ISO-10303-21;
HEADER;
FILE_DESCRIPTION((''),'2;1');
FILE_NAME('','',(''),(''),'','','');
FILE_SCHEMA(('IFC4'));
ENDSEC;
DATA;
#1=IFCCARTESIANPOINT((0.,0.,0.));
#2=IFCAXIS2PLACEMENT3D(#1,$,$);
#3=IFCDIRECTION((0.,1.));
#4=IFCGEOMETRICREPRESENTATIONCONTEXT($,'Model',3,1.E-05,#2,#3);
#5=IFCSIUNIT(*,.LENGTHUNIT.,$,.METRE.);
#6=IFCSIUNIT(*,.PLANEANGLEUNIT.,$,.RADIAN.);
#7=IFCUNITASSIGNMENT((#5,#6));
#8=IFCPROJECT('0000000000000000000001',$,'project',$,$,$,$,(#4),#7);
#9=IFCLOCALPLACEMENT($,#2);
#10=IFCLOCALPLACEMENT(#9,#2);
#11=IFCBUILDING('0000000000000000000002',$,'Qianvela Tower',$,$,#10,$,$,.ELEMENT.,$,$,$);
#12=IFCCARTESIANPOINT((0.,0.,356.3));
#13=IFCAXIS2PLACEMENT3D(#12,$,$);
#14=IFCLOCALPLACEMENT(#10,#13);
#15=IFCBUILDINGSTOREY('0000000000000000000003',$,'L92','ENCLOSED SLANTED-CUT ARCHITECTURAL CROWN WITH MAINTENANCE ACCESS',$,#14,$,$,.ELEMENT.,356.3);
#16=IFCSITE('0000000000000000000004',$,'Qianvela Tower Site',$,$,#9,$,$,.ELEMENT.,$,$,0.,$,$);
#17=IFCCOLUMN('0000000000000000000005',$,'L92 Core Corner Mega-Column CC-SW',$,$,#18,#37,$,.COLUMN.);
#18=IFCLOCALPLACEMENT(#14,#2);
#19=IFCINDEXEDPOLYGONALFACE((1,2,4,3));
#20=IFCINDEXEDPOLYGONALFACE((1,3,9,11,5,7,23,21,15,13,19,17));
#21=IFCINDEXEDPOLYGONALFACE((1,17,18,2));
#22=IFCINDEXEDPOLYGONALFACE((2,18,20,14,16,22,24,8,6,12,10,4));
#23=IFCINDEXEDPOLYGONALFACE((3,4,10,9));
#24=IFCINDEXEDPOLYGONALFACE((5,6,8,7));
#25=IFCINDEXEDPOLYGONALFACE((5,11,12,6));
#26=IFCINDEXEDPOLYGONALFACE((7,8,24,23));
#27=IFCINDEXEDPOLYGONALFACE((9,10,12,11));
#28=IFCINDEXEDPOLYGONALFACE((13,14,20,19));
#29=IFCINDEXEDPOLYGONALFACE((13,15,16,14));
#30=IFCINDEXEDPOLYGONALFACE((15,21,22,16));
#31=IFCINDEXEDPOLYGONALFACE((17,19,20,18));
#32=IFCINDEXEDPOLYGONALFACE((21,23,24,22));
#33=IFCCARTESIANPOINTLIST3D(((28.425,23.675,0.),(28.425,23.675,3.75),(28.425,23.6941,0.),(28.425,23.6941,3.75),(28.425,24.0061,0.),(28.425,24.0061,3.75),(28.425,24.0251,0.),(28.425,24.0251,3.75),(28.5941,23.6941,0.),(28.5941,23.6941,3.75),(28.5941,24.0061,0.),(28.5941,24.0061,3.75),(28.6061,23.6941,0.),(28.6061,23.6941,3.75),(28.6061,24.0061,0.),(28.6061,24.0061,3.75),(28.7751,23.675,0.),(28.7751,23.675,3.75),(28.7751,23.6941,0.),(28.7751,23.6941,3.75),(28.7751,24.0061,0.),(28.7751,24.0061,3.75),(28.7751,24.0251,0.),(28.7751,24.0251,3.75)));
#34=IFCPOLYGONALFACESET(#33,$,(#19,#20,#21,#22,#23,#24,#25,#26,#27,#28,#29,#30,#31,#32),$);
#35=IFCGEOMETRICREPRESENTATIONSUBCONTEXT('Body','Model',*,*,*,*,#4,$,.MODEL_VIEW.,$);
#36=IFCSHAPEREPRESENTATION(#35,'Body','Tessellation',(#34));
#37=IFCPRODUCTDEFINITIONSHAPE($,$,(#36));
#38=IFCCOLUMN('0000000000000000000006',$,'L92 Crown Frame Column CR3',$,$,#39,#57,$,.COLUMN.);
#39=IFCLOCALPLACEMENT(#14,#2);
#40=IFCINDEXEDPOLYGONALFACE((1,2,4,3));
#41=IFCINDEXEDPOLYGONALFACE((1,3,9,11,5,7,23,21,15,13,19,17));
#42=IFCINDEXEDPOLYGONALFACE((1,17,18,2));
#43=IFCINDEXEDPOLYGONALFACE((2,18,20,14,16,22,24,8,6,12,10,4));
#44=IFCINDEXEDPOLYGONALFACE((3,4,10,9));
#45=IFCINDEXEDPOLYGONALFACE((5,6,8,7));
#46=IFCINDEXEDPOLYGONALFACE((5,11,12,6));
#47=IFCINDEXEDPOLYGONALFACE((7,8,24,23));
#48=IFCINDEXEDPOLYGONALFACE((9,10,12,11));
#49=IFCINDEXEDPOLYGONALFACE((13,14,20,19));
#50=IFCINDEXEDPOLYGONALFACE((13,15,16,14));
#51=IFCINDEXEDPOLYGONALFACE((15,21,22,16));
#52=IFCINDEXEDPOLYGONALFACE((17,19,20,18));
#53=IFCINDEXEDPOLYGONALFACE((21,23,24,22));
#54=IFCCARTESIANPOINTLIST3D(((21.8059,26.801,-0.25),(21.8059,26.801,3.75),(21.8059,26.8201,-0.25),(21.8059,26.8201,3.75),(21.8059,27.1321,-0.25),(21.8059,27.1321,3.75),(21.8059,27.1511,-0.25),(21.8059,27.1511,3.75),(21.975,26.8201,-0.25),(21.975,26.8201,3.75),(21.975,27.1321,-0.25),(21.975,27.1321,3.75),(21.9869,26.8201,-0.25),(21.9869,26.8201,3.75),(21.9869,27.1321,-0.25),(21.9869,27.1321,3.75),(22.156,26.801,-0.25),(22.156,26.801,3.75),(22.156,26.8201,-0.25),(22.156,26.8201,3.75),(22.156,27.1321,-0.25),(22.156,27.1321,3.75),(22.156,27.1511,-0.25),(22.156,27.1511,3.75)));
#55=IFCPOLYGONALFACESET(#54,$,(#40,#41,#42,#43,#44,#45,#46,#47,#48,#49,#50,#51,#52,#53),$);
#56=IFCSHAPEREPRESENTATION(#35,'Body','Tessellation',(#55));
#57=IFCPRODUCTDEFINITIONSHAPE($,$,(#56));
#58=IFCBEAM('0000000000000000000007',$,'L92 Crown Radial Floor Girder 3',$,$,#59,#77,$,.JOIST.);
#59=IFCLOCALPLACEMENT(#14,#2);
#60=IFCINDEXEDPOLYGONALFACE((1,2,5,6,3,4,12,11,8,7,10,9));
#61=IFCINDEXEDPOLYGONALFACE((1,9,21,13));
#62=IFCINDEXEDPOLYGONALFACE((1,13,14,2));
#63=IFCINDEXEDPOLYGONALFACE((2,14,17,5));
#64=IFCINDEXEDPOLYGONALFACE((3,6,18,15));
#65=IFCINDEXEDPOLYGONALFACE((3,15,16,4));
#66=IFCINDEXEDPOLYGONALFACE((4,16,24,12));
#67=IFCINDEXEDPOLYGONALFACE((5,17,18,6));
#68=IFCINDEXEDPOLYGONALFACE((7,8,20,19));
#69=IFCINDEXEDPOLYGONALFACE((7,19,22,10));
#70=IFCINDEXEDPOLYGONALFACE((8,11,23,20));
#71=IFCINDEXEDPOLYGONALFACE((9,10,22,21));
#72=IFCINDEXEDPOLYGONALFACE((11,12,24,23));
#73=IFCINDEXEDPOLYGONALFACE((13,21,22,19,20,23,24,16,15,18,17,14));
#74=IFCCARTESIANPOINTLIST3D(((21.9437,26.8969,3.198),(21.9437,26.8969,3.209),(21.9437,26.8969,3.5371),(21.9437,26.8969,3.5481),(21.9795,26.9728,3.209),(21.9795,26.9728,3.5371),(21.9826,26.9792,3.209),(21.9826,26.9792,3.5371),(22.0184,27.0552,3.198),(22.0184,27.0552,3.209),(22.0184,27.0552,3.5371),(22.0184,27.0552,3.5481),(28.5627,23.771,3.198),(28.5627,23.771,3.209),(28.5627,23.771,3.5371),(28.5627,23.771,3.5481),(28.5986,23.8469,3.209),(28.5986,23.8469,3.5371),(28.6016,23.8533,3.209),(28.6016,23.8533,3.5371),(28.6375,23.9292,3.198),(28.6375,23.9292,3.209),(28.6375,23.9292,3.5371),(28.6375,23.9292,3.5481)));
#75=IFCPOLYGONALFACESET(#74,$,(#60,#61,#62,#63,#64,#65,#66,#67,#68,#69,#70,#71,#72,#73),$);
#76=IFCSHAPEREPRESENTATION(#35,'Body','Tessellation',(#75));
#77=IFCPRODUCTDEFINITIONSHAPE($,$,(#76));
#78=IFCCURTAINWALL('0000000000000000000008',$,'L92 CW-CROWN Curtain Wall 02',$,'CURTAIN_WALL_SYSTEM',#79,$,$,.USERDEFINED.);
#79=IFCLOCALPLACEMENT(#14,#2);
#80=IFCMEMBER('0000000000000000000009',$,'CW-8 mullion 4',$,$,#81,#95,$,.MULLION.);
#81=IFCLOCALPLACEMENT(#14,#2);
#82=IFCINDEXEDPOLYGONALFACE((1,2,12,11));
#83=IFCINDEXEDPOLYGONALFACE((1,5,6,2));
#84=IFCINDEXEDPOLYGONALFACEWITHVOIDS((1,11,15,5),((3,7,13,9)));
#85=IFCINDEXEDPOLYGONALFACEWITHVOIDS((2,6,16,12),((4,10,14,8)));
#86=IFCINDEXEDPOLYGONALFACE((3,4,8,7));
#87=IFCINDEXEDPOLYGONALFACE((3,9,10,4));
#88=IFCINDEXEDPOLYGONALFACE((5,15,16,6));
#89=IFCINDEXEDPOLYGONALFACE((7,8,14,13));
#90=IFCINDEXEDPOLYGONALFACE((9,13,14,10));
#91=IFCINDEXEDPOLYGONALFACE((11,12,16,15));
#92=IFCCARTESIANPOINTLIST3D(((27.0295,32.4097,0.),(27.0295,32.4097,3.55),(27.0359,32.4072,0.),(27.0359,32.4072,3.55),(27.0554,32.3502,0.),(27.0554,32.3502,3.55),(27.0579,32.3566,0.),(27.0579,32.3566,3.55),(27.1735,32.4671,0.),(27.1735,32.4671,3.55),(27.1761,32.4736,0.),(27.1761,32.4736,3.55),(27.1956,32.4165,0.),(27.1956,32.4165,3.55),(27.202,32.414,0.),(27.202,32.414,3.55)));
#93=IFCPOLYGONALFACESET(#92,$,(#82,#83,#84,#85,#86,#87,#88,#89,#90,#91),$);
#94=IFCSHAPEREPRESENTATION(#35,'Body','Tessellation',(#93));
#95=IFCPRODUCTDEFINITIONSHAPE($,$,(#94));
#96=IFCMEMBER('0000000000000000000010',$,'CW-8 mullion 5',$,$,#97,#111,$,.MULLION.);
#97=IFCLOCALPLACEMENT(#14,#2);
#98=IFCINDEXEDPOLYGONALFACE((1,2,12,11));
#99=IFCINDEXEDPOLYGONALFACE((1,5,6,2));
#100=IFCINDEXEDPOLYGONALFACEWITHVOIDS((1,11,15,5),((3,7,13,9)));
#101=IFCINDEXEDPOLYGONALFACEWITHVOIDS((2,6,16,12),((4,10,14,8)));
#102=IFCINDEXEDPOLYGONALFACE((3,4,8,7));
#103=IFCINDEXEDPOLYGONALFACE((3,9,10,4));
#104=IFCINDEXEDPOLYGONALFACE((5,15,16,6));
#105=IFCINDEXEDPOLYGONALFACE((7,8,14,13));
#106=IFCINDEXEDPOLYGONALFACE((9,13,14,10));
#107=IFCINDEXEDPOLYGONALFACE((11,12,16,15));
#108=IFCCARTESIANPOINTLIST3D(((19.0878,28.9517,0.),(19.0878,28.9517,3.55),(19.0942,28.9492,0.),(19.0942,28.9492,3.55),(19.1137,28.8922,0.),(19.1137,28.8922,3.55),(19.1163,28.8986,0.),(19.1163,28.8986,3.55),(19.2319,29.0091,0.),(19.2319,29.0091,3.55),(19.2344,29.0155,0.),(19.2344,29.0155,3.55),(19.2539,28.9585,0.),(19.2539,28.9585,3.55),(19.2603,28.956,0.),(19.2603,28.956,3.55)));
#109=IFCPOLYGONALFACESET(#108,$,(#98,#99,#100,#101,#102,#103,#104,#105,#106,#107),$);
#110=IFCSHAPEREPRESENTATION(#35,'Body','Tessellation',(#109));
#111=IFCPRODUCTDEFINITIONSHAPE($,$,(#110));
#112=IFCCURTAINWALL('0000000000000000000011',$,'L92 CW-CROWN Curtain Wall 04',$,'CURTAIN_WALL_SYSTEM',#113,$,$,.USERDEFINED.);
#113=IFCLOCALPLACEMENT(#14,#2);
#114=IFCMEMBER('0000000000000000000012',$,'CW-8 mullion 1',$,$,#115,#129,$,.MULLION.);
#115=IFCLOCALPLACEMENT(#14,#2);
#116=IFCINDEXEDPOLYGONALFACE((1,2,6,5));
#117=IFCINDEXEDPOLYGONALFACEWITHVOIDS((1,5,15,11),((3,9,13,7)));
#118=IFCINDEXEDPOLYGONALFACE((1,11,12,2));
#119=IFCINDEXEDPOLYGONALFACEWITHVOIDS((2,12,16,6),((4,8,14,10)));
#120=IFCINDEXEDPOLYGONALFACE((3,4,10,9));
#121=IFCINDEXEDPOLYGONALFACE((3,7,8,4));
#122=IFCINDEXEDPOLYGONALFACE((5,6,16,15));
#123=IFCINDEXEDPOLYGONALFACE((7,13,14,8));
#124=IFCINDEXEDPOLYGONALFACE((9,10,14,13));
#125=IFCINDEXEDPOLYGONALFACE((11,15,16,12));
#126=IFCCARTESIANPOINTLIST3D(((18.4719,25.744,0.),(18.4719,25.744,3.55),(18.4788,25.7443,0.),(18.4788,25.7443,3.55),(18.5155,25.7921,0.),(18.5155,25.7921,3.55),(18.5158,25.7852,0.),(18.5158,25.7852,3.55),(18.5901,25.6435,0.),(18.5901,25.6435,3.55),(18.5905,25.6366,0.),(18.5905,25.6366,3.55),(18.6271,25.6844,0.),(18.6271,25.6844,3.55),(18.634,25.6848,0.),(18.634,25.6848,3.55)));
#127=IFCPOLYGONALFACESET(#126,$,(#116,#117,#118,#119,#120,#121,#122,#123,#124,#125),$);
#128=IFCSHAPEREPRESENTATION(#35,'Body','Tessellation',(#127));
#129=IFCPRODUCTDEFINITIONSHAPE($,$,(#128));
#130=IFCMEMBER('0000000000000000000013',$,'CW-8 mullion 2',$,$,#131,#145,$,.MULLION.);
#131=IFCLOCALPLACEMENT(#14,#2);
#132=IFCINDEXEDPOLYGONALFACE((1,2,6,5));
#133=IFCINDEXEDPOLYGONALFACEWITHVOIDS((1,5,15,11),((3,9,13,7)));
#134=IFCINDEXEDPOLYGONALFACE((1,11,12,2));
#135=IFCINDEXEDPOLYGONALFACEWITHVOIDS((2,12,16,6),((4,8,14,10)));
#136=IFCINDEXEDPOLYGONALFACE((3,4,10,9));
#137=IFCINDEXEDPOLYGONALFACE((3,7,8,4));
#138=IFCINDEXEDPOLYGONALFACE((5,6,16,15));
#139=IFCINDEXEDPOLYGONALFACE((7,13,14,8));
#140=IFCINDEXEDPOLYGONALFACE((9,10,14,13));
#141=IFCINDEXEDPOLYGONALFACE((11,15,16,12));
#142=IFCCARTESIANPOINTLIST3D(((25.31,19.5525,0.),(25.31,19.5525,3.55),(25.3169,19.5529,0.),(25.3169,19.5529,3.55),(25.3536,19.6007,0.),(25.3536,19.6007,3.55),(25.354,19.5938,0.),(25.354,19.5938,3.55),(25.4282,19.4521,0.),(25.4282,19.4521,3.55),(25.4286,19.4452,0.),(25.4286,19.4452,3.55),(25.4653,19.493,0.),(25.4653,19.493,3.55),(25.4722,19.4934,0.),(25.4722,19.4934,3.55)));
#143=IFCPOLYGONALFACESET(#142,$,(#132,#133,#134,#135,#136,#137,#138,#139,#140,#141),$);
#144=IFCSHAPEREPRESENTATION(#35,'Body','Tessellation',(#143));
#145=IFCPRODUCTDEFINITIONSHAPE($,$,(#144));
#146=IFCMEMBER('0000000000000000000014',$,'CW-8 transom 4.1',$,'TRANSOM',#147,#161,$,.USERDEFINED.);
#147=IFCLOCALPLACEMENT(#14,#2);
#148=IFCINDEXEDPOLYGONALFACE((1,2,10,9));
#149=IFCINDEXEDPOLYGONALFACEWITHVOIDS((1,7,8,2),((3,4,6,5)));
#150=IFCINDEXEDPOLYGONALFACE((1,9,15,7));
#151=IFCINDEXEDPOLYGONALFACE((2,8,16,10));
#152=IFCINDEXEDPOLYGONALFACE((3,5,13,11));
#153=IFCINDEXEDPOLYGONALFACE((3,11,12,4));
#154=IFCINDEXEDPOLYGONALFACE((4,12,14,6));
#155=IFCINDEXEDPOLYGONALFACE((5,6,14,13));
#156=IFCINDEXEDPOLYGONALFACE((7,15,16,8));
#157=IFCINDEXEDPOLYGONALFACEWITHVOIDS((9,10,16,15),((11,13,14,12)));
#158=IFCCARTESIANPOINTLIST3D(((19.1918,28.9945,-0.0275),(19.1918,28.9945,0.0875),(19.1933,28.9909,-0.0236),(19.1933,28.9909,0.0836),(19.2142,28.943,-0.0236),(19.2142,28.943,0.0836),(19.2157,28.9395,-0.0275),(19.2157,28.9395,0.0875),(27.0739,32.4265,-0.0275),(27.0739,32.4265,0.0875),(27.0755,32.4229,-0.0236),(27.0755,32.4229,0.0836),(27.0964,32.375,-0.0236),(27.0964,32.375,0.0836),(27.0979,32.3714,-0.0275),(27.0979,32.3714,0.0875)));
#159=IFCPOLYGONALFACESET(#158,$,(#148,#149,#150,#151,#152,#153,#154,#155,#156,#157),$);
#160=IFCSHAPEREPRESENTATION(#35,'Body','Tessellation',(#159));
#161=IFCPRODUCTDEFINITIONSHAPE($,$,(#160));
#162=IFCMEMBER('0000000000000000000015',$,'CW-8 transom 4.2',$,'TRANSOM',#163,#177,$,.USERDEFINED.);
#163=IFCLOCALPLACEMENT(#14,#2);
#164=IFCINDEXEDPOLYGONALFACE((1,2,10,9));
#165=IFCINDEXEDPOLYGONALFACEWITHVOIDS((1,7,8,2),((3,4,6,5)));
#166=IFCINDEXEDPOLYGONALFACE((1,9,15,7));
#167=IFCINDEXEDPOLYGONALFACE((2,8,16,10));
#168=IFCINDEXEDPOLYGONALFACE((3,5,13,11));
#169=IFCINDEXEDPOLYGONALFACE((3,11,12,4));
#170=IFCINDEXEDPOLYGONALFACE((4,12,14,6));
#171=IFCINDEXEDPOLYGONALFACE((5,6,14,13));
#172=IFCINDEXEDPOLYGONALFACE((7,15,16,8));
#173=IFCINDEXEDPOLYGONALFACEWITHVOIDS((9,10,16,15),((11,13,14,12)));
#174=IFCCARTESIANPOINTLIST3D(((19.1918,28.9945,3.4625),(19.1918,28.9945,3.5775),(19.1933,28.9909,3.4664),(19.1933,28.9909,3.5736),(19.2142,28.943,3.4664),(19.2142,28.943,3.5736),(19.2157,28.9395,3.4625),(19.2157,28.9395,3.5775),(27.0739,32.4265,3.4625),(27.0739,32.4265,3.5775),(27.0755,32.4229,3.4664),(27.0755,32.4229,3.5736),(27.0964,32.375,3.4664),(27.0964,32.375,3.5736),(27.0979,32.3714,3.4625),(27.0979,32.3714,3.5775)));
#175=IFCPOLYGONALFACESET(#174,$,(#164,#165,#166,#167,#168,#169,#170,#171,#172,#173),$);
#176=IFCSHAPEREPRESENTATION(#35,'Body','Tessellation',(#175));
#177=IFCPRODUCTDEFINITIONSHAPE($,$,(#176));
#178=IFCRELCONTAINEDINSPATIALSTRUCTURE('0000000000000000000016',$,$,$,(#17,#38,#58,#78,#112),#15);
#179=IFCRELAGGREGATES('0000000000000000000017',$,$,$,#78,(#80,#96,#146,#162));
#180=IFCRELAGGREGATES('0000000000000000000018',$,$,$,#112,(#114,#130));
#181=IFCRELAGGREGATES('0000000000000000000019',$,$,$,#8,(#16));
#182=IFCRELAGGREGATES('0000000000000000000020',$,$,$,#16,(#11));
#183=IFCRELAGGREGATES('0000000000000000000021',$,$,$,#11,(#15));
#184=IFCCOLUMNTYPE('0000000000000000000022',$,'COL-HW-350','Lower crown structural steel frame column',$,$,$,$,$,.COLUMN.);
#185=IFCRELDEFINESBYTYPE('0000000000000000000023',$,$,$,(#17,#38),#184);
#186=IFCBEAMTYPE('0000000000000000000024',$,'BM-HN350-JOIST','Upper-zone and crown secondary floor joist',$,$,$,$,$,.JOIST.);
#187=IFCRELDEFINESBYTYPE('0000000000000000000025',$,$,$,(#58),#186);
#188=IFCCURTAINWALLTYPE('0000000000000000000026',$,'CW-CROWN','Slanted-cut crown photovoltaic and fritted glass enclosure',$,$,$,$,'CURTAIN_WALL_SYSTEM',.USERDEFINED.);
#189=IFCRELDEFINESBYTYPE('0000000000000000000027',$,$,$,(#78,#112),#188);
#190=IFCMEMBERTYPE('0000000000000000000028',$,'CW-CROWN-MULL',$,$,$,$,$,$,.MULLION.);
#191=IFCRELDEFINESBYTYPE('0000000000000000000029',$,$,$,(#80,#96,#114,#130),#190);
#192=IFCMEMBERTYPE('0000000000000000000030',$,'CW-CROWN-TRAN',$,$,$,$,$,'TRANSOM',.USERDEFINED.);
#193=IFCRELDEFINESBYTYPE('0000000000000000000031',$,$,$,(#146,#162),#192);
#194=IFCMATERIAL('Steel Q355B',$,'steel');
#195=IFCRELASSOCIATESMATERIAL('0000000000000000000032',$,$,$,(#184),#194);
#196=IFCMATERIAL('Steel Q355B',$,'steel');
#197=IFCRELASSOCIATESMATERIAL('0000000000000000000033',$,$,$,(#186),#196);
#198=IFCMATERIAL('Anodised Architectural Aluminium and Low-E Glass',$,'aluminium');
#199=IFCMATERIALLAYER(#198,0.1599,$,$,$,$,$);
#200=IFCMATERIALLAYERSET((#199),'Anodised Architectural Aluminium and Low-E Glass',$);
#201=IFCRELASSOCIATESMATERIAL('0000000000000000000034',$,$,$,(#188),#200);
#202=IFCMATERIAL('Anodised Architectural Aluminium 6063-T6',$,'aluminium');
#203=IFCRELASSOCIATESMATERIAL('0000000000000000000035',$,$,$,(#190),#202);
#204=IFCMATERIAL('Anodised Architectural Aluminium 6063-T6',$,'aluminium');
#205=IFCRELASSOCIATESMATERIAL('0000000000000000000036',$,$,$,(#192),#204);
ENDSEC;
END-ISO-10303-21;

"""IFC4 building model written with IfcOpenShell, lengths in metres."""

from ifc_helpers import new_model, si_unit, direction, frame, origin, origin_2d, place, context, subcontext, project, spatial, hollow_rectangle, i_section, extrude, material, layer, layer_set, material_profile, profile_set, type_object, element, aggregate, save


model = new_model("IFC4")

# Units and contexts
model_context = context("Model", 3, precision=1e-05, world=origin(), true_north=direction((0.0, 1.0)))
body_context = subcontext(model_context, "Body", "Model", "MODEL_VIEW")
ifc_project = project(units=[si_unit("LENGTHUNIT", "METRE"), si_unit("PLANEANGLEUNIT", "RADIAN")], contexts=[model_context])

# Site, building, storey
site_placement = place(None, origin())
site = spatial("IfcSite", under=ifc_project, at=site_placement, Name="Qianvela Tower Site", CompositionType="ELEMENT", RefElevation=0.0)
building_placement = place(site_placement, origin())
building = spatial("IfcBuilding", under=site, at=building_placement, Name="Qianvela Tower", CompositionType="ELEMENT")
storey_placement = place(building_placement, frame((0.0, 0.0, 356.3)))
storey = spatial("IfcBuildingStorey", under=building, at=storey_placement, Name="L92", Description="ENCLOSED SLANTED-CUT ARCHITECTURAL CROWN WITH MAINTENANCE ACCESS", CompositionType="ELEMENT", Elevation=356.3)

# Columns
ifc_material_1 = material(Name="Steel Q355B", Category="steel")
ifc_material_profile_1 = material_profile(ifc_material_1, i_section(OverallWidth=0.3501, OverallDepth=0.3501, WebThickness=0.012, FlangeThickness=0.019, at=origin_2d()), Name="HW350x350x12x19")
ifc_profile_set_1 = profile_set([ifc_material_profile_1], Name="Steel Q355B")
column_type = type_object("IfcColumnType", Name="COL-HW-350", Description="Lower crown structural steel frame column", PredefinedType="COLUMN", material=ifc_profile_set_1)
column_1_placement = place(storey_placement, frame((28.6001, 23.8501, 0.0), z_axis=(0.0, 0.0, 1.0), x_axis=(1.0, 0.0, 0.0)))
element("IfcColumn", 1, at=column_1_placement, inside=storey, type_object=column_type, Name="L92 Core Corner Mega-Column CC-SW", PredefinedType="COLUMN", context=body_context, shape_type="SweptSolid", body=[
    extrude(i_section(OverallWidth=0.3501, OverallDepth=0.3501, WebThickness=0.012, FlangeThickness=0.019, at=origin_2d()), origin(), (0.0, 0.0, 1.0), 3.75),
])
column_2_placement = place(storey_placement, frame((21.981, 26.9761, -0.25), z_axis=(0.0, 0.0, 1.0), x_axis=(1.0, 0.0, 0.0)))
element("IfcColumn", 2, at=column_2_placement, inside=storey, type_object=column_type, Name="L92 Crown Frame Column CR3", PredefinedType="COLUMN", context=body_context, shape_type="SweptSolid", body=[
    extrude(i_section(OverallWidth=0.3501, OverallDepth=0.3501, WebThickness=0.012, FlangeThickness=0.019, at=origin_2d()), origin(), (0.0, 0.0, 1.0), 4.0),
])

# Beam
ifc_material_2 = material(Name="Steel Q355B", Category="steel")
ifc_material_profile_2 = material_profile(ifc_material_2, i_section(OverallWidth=0.175, OverallDepth=0.3501, WebThickness=0.0071, FlangeThickness=0.011, at=origin_2d()), Name="HN350x175x7x11")
ifc_profile_set_2 = profile_set([ifc_material_profile_2], Name="Steel Q355B")
beam_type = type_object("IfcBeamType", Name="BM-HN350-JOIST", Description="Upper-zone and crown secondary floor joist", PredefinedType="JOIST", material=ifc_profile_set_2)
beam_placement = place(storey_placement, frame((28.6001, 23.8501, 3.373), z_axis=(-0.904234, 0.427037, 0.0), x_axis=(-0.427037, -0.904234, 0.0)))
element("IfcBeam", 3, at=beam_placement, inside=storey, type_object=beam_type, Name="L92 Crown Radial Floor Girder 3", PredefinedType="JOIST", context=body_context, shape_type="SweptSolid", body=[
    extrude(i_section(OverallWidth=0.175, OverallDepth=0.3501, WebThickness=0.0071, FlangeThickness=0.011, at=origin_2d()), origin(), (0.0, 0.0, 1.0), 7.3201),
])

# Curtain walls, members
ifc_material_3 = material(Name="Anodised Architectural Aluminium and Low-E Glass", Category="aluminium")
ifc_layer_1 = layer(ifc_material_3, 0.1599)
ifc_layer_set_1 = layer_set([ifc_layer_1], Name="Anodised Architectural Aluminium and Low-E Glass")
curtain_wall_type = type_object("IfcCurtainWallType", Name="CW-CROWN", Description="Slanted-cut crown photovoltaic and fritted glass enclosure", ElementType="CURTAIN_WALL_SYSTEM", PredefinedType="USERDEFINED", material=ifc_layer_set_1)
curtain_wall_1_placement = place(storey_placement, origin())
curtain_wall_1 = element("IfcCurtainWall", 4, at=curtain_wall_1_placement, inside=storey, type_object=curtain_wall_type, Name="L92 CW-CROWN Curtain Wall 02", ObjectType="CURTAIN_WALL_SYSTEM", PredefinedType="USERDEFINED")
ifc_material_4 = material(Name="Anodised Architectural Aluminium 6063-T6", Category="aluminium")
ifc_material_profile_3 = material_profile(ifc_material_4, hollow_rectangle(XDim=0.0649, YDim=0.1599, WallThickness=0.0049, at=origin_2d()), Name="ALU-MULL-65x160")
ifc_profile_set_3 = profile_set([ifc_material_profile_3], Name="Anodised Architectural Aluminium 6063-T6")
member_type_1 = type_object("IfcMemberType", Name="CW-CROWN-MULL", PredefinedType="MULLION", material=ifc_profile_set_3)
member_1_placement = place(storey_placement, frame((27.1157, 32.4119, 0.0), z_axis=(0.0, 0.0, 1.0), x_axis=(0.399215, -0.916857, 0.0)))
member_1 = element("IfcMember", 5, at=member_1_placement, type_object=member_type_1, Name="CW-8 mullion 4", PredefinedType="MULLION", context=body_context, shape_type="SweptSolid", body=[
    extrude(hollow_rectangle(XDim=0.0649, YDim=0.1599, WallThickness=0.0049, at=origin_2d()), origin(), (0.0, 0.0, 1.0), 3.55),
])
member_2_placement = place(storey_placement, frame((19.1741, 28.9539, 0.0), z_axis=(0.0, 0.0, 1.0), x_axis=(0.399215, -0.916857, 0.0)))
member_2 = element("IfcMember", 6, at=member_2_placement, type_object=member_type_1, Name="CW-8 mullion 5", PredefinedType="MULLION", context=body_context, shape_type="SweptSolid", body=[
    extrude(hollow_rectangle(XDim=0.0649, YDim=0.1599, WallThickness=0.0049, at=origin_2d()), origin(), (0.0, 0.0, 1.0), 3.55),
])
curtain_wall_2_placement = place(storey_placement, origin())
curtain_wall_2 = element("IfcCurtainWall", 7, at=curtain_wall_2_placement, inside=storey, type_object=curtain_wall_type, Name="L92 CW-CROWN Curtain Wall 04", ObjectType="CURTAIN_WALL_SYSTEM", PredefinedType="USERDEFINED")
member_3_placement = place(storey_placement, frame((18.553, 25.7144, 0.0), z_axis=(0.0, 0.0, 1.0), x_axis=(0.671202, 0.741275, 0.0)))
member_3 = element("IfcMember", 8, at=member_3_placement, type_object=member_type_1, Name="CW-8 mullion 1", PredefinedType="MULLION", context=body_context, shape_type="SweptSolid", body=[
    extrude(hollow_rectangle(XDim=0.0649, YDim=0.1599, WallThickness=0.0049, at=origin_2d()), origin(), (0.0, 0.0, 1.0), 3.55),
])
member_4_placement = place(storey_placement, frame((25.3911, 19.5229, 0.0), z_axis=(0.0, 0.0, 1.0), x_axis=(0.671202, 0.741275, 0.0)))
member_4 = element("IfcMember", 9, at=member_4_placement, type_object=member_type_1, Name="CW-8 mullion 2", PredefinedType="MULLION", context=body_context, shape_type="SweptSolid", body=[
    extrude(hollow_rectangle(XDim=0.0649, YDim=0.1599, WallThickness=0.0049, at=origin_2d()), origin(), (0.0, 0.0, 1.0), 3.55),
])

# Members
ifc_material_5 = material(Name="Anodised Architectural Aluminium 6063-T6", Category="aluminium")
ifc_material_profile_4 = material_profile(ifc_material_5, hollow_rectangle(XDim=0.0601, YDim=0.115, WallThickness=0.0039, at=origin_2d()), Name="ALU-TRAN-60x115")
ifc_profile_set_4 = profile_set([ifc_material_profile_4], Name="Anodised Architectural Aluminium 6063-T6")
member_type_2 = type_object("IfcMemberType", Name="CW-CROWN-TRAN", ElementType="TRANSOM", PredefinedType="USERDEFINED", material=ifc_profile_set_4)
member_5_placement = place(storey_placement, frame((27.0859, 32.3989, 0.03), z_axis=(-0.916862, -0.399205, 0.0), x_axis=(0.399205, -0.916862, 0.0)))
member_5 = element("IfcMember", 10, at=member_5_placement, type_object=member_type_2, Name="CW-8 transom 4.1", ObjectType="TRANSOM", PredefinedType="USERDEFINED", context=body_context, shape_type="SweptSolid", body=[
    extrude(hollow_rectangle(XDim=0.0601, YDim=0.115, WallThickness=0.0039, at=origin_2d()), origin(), (0.0, 0.0, 1.0), 8.5969),
])
member_6_placement = place(storey_placement, frame((27.0859, 32.3989, 3.52), z_axis=(-0.916862, -0.399205, 0.0), x_axis=(0.399205, -0.916862, 0.0)))
member_6 = element("IfcMember", 11, at=member_6_placement, type_object=member_type_2, Name="CW-8 transom 4.2", ObjectType="TRANSOM", PredefinedType="USERDEFINED", context=body_context, shape_type="SweptSolid", body=[
    extrude(hollow_rectangle(XDim=0.0601, YDim=0.115, WallThickness=0.0039, at=origin_2d()), origin(), (0.0, 0.0, 1.0), 8.5969),
])

aggregate(curtain_wall_1, [member_1, member_2, member_5, member_6])
aggregate(curtain_wall_2, [member_3, member_4])

save(model, "model.ifc")
